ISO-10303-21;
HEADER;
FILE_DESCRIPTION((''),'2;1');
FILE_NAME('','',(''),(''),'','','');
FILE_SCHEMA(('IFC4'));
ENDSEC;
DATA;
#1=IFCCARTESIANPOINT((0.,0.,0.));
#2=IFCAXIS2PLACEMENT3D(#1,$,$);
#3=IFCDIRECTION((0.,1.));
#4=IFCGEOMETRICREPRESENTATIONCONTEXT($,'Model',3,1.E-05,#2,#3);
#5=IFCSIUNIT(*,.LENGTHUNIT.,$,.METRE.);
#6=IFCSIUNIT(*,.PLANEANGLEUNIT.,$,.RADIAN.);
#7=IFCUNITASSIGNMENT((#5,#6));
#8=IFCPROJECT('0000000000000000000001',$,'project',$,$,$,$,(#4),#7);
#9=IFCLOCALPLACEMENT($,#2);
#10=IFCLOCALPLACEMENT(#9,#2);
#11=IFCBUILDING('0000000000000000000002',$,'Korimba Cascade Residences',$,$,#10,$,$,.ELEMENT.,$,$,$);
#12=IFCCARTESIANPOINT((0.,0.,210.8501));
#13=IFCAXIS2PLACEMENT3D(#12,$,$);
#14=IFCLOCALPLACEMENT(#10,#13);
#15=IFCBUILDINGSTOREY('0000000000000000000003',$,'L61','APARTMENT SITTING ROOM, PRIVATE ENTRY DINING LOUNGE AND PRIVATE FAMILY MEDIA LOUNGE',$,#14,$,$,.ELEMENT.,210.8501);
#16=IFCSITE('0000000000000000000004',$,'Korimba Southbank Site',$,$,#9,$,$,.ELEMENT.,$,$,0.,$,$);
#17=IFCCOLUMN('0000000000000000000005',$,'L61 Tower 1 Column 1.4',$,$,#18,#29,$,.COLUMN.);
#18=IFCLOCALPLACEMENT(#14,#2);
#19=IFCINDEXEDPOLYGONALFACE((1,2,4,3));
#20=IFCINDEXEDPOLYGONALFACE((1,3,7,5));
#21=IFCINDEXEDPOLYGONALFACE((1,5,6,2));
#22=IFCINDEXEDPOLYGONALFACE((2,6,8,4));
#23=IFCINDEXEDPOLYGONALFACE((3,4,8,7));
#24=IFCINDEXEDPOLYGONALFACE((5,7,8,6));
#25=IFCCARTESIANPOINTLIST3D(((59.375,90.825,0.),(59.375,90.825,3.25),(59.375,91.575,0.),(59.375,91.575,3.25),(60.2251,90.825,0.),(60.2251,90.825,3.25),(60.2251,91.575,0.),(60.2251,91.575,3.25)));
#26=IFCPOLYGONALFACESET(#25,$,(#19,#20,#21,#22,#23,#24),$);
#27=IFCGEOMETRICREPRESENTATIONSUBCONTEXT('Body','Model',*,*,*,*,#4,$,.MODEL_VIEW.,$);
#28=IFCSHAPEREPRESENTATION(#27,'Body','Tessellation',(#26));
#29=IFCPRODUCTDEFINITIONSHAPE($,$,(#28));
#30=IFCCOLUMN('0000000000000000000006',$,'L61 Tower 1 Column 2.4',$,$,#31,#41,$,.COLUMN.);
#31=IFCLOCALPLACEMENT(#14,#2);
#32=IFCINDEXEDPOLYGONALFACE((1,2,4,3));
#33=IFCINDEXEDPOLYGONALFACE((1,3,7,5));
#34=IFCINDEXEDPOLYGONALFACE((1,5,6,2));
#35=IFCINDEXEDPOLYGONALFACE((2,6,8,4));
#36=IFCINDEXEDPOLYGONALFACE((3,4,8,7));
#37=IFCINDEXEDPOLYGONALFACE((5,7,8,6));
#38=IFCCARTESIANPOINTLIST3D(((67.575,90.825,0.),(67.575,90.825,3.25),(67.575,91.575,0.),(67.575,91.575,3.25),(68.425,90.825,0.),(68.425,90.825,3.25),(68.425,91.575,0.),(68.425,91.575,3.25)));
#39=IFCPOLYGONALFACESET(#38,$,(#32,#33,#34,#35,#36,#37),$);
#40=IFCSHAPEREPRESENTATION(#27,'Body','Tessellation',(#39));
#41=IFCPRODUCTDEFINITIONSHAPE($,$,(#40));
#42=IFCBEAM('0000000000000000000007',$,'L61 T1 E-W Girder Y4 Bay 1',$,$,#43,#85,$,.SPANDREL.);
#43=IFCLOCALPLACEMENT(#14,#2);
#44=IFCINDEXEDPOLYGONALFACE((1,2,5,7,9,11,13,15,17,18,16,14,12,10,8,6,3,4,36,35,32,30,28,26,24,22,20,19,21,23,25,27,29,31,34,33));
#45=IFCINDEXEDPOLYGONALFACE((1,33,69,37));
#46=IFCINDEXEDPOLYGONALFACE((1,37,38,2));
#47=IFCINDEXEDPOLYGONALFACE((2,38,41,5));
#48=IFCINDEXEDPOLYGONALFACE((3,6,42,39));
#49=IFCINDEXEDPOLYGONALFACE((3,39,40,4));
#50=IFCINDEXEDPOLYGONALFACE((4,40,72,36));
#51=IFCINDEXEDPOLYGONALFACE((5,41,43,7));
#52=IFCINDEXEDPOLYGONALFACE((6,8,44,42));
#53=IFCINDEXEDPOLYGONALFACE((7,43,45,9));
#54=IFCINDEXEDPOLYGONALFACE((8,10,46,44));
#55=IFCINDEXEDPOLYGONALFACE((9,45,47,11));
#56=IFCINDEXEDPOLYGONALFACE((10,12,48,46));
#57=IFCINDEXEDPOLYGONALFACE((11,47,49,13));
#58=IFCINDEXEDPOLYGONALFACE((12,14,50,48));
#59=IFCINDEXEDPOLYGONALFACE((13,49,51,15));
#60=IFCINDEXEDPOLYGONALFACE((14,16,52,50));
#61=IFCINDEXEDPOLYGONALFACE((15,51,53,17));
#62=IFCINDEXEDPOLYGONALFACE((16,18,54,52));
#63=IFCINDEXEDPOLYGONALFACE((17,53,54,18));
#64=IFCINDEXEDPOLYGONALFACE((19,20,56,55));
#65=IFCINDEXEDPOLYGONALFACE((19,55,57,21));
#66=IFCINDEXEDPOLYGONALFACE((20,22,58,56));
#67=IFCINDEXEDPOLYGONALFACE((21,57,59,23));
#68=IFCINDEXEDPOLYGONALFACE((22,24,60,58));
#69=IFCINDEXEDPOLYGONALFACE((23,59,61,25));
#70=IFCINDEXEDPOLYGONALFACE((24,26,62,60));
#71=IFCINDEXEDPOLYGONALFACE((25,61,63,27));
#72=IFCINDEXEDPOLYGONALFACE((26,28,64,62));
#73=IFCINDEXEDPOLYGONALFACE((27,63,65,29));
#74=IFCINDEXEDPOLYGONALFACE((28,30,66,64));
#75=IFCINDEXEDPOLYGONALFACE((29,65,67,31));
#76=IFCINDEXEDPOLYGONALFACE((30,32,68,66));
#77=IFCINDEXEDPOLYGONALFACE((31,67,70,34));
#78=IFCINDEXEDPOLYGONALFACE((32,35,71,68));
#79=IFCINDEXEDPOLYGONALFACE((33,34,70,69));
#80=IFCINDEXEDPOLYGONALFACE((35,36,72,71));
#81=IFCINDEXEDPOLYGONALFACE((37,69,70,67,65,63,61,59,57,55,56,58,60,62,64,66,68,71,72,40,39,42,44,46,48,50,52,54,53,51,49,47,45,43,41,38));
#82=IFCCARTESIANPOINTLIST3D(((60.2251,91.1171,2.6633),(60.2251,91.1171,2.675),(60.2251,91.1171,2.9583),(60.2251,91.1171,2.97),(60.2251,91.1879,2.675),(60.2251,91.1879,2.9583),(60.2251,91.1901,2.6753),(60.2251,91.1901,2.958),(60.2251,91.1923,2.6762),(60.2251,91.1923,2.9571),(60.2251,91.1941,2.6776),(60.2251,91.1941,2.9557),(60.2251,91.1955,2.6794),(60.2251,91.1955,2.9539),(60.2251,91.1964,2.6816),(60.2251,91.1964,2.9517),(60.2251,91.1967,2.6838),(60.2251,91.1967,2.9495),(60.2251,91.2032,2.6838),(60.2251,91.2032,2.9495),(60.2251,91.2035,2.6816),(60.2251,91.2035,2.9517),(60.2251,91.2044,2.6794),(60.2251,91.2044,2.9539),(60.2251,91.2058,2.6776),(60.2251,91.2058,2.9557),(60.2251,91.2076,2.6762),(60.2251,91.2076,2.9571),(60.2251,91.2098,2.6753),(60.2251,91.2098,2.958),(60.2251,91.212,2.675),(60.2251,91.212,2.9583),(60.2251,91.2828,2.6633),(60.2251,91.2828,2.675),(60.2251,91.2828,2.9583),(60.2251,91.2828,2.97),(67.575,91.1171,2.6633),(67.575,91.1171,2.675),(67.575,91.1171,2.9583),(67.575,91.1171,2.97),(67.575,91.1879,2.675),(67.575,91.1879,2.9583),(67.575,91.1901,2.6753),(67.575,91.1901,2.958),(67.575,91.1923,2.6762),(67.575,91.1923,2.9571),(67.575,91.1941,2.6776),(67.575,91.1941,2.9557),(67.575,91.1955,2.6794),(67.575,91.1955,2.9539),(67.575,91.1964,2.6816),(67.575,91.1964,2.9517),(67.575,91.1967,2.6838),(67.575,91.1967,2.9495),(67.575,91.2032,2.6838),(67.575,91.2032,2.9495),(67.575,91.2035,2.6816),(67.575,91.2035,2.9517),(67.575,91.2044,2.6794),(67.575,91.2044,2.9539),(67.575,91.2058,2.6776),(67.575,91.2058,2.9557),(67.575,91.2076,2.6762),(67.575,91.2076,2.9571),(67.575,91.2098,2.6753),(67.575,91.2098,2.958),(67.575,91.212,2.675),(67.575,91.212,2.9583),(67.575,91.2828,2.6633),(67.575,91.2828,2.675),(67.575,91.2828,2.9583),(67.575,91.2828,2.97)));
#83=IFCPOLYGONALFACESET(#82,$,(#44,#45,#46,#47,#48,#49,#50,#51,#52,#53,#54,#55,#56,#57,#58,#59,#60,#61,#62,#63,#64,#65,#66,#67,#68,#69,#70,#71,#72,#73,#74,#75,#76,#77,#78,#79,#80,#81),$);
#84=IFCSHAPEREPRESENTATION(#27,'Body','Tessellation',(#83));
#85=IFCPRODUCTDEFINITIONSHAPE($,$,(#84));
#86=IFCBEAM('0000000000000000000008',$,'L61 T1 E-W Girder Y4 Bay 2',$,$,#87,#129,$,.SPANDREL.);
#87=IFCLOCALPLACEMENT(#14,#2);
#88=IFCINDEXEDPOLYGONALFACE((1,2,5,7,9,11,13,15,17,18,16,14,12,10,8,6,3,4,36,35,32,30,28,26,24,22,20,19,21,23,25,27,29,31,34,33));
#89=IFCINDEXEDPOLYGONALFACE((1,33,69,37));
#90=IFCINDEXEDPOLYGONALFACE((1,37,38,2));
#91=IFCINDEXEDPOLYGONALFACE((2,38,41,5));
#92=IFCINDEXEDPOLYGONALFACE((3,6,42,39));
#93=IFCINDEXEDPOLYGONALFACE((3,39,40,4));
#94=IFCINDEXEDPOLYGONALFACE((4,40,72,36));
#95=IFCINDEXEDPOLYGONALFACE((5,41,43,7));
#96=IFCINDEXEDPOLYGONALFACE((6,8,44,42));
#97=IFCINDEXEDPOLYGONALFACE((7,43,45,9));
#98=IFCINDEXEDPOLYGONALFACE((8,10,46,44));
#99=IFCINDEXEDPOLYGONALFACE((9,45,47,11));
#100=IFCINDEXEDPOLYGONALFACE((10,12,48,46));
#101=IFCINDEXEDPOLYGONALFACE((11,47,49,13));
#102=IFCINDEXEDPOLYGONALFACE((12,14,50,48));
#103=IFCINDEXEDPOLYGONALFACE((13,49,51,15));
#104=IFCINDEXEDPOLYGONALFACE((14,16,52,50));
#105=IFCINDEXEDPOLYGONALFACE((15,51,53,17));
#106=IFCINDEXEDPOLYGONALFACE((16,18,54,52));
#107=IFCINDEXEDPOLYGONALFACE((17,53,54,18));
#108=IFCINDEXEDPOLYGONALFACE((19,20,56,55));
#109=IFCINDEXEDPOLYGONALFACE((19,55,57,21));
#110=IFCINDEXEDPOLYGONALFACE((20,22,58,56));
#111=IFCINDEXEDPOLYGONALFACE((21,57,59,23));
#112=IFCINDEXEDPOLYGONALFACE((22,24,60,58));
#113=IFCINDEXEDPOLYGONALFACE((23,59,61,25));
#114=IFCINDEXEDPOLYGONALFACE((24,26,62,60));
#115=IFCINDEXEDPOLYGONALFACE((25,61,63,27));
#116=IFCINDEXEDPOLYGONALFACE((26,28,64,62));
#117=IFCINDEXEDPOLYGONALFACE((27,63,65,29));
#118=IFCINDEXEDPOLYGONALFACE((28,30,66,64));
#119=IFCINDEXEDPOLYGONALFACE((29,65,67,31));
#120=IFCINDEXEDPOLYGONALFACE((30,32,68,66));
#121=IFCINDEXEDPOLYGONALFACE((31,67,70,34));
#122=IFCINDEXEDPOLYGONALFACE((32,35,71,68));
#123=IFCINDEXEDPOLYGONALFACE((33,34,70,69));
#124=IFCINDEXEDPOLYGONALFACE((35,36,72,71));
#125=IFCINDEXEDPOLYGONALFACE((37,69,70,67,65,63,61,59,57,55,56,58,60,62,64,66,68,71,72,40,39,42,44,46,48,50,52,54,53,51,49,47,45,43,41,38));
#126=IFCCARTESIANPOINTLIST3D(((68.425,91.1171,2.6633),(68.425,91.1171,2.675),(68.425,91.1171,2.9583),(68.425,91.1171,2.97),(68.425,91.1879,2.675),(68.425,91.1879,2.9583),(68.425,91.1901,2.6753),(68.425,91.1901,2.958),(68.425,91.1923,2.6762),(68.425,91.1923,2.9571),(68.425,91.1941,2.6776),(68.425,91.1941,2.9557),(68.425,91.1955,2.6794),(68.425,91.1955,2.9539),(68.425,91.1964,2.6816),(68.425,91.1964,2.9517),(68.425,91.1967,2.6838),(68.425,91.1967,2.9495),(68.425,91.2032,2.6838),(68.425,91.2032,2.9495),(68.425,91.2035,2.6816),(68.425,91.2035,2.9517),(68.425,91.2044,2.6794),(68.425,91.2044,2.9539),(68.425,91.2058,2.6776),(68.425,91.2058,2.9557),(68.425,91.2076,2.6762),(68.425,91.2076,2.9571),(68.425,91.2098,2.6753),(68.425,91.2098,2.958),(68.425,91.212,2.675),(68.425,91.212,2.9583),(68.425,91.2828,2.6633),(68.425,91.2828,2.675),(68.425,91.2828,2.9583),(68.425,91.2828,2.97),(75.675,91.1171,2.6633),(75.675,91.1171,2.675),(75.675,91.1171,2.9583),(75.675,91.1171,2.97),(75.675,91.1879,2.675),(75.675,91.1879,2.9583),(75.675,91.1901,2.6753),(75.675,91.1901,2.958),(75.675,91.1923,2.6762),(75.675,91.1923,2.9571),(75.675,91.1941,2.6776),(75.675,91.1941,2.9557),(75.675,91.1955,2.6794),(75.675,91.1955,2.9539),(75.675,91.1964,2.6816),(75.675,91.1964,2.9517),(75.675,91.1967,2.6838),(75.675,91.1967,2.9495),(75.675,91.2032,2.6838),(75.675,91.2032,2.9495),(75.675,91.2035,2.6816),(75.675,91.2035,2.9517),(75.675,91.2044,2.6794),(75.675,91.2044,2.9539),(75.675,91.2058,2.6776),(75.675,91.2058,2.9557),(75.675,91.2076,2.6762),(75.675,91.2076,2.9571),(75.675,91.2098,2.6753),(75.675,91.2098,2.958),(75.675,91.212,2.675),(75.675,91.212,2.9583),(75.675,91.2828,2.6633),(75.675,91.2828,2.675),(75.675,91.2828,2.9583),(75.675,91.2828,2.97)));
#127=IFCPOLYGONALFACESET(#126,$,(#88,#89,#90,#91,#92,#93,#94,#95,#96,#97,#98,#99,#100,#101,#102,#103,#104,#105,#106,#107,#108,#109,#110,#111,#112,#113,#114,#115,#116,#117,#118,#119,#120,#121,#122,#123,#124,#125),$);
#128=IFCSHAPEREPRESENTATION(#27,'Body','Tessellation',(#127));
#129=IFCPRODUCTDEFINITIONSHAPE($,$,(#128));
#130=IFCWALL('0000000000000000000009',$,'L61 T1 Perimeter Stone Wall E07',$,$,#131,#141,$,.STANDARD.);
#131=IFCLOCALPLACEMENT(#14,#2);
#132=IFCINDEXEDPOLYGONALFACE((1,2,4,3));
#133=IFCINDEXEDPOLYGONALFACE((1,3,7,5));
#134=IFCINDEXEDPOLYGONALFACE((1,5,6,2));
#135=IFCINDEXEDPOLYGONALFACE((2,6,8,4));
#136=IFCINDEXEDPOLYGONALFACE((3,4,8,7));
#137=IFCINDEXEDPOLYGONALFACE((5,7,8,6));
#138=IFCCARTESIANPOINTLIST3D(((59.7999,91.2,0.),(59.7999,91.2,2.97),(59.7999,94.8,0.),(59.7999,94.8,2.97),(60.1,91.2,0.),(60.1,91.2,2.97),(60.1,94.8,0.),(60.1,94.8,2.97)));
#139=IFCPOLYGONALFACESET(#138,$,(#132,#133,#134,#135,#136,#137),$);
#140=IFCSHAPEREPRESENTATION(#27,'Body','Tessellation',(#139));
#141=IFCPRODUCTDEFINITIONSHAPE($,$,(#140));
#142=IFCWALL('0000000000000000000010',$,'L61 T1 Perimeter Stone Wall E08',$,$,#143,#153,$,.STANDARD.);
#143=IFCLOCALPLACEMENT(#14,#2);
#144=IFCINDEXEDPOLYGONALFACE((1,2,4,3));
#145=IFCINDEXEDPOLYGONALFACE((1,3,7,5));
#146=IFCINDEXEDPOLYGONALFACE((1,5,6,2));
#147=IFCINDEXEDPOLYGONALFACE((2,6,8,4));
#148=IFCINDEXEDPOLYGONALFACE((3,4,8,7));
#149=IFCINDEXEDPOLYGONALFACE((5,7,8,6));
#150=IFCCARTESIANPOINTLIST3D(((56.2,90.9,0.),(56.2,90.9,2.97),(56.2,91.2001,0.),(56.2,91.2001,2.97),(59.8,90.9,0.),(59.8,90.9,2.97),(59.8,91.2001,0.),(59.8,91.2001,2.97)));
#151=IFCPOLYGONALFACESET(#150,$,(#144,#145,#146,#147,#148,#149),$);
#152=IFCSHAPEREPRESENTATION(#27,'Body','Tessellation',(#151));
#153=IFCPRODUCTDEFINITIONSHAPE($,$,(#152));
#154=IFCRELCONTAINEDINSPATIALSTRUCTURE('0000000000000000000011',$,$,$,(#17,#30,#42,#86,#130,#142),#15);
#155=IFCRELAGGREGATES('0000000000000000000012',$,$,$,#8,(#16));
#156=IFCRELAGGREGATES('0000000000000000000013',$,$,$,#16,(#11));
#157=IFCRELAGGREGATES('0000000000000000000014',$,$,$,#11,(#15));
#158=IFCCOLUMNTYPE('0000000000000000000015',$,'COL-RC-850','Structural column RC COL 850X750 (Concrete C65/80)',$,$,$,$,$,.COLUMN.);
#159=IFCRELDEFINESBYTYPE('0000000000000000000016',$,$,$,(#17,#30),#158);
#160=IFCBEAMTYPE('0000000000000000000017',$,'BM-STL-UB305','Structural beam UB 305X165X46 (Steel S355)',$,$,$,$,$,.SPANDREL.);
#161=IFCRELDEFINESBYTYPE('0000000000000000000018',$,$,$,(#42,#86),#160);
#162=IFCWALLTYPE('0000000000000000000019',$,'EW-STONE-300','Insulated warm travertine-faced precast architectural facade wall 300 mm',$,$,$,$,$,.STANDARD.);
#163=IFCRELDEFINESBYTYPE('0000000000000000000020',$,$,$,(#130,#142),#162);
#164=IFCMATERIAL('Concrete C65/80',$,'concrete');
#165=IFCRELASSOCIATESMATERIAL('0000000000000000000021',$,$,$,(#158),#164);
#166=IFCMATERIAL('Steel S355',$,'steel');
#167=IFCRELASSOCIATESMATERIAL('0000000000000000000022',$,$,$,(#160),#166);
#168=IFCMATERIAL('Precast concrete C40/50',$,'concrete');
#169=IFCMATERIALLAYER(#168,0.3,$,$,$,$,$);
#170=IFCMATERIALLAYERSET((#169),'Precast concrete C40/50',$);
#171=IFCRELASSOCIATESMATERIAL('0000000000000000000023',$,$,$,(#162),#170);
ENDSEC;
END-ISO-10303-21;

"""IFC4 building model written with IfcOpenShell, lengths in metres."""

from ifc_helpers import new_model, si_unit, direction, frame, frame_2d, origin, origin_2d, place, context, subcontext, project, spatial, rectangle, i_section, extrude, material, layer, layer_set, material_profile, profile_set, type_object, element, save


model = new_model("IFC4")

# Units and contexts
model_context = context("Model", 3, precision=1e-05, world=origin(), true_north=direction((0.0, 1.0)))
body_context = subcontext(model_context, "Body", "Model", "MODEL_VIEW")
ifc_project = project(units=[si_unit("LENGTHUNIT", "METRE"), si_unit("PLANEANGLEUNIT", "RADIAN")], contexts=[model_context])

# Site, building, storey
site_placement = place(None, origin())
site = spatial("IfcSite", under=ifc_project, at=site_placement, Name="Korimba Southbank Site", CompositionType="ELEMENT", RefElevation=0.0)
building_placement = place(site_placement, origin())
building = spatial("IfcBuilding", under=site, at=building_placement, Name="Korimba Cascade Residences", CompositionType="ELEMENT")
storey_placement = place(building_placement, frame((0.0, 0.0, 210.8501)))
storey = spatial("IfcBuildingStorey", under=building, at=storey_placement, Name="L61", Description="APARTMENT SITTING ROOM, PRIVATE ENTRY DINING LOUNGE AND PRIVATE FAMILY MEDIA LOUNGE", CompositionType="ELEMENT", Elevation=210.8501)

# Columns
ifc_material_1 = material(Name="Concrete C65/80", Category="concrete")
ifc_material_profile_1 = material_profile(ifc_material_1, rectangle(XDim=0.8501, YDim=0.75, at=origin_2d()), Name="Concrete C65/80")
ifc_profile_set_1 = profile_set([ifc_material_profile_1], Name="Concrete C65/80")
column_type = type_object("IfcColumnType", Name="COL-RC-850", Description="Structural column RC COL 850X750 (Concrete C65/80)", PredefinedType="COLUMN", material=ifc_profile_set_1)
for number, where, z_axis, x_axis, name in (
    (1, (59.8, 91.2, 0.0), (0.0, 0.0, 1.0), (1.0, 0.0, 0.0), "L61 Tower 1 Column 1.4"),
    (2, (68.0, 91.2, 0.0), (0.0, 0.0, 1.0), (1.0, 0.0, 0.0), "L61 Tower 1 Column 2.4"),
):
    element("IfcColumn", number, at=place(storey_placement, frame(where, z_axis=z_axis, x_axis=x_axis)), inside=storey, type_object=column_type, Name=name, PredefinedType="COLUMN", context=body_context, shape_type="SweptSolid", body=[
        extrude(rectangle(XDim=0.8501, YDim=0.75, at=origin_2d()), origin(), (0.0, 0.0, 1.0), 3.25),
    ])

# Beams
ifc_material_2 = material(Name="Steel S355", Category="steel")
ifc_material_profile_2 = material_profile(ifc_material_2, i_section(OverallWidth=0.1658, OverallDepth=0.3066, WebThickness=0.0066, FlangeThickness=0.0117, FilletRadius=0.0088, at=origin_2d()), Name="Steel S355")
ifc_profile_set_2 = profile_set([ifc_material_profile_2], Name="Steel S355")
beam_type = type_object("IfcBeamType", Name="BM-STL-UB305", Description="Structural beam UB 305X165X46 (Steel S355)", PredefinedType="SPANDREL", material=ifc_profile_set_2)
beam_1_placement = place(storey_placement, frame((60.2251, 91.2, 2.8167), z_axis=(1.0, 0.0, 0.0), x_axis=(0.0, 1.0, 0.0)))
element("IfcBeam", 3, at=beam_1_placement, inside=storey, type_object=beam_type, Name="L61 T1 E-W Girder Y4 Bay 1", PredefinedType="SPANDREL", context=body_context, shape_type="SweptSolid", body=[
    extrude(i_section(OverallWidth=0.1658, OverallDepth=0.3066, WebThickness=0.0066, FlangeThickness=0.0117, FilletRadius=0.0088, at=origin_2d()), origin(), (0.0, 0.0, 1.0), 7.3499),
])
beam_2_placement = place(storey_placement, frame((68.425, 91.2, 2.8167), z_axis=(1.0, 0.0, 0.0), x_axis=(0.0, 1.0, 0.0)))
element("IfcBeam", 4, at=beam_2_placement, inside=storey, type_object=beam_type, Name="L61 T1 E-W Girder Y4 Bay 2", PredefinedType="SPANDREL", context=body_context, shape_type="SweptSolid", body=[
    extrude(i_section(OverallWidth=0.1658, OverallDepth=0.3066, WebThickness=0.0066, FlangeThickness=0.0117, FilletRadius=0.0088, at=origin_2d()), origin(), (0.0, 0.0, 1.0), 7.25),
])

# Walls
ifc_material_3 = material(Name="Precast concrete C40/50", Category="concrete")
ifc_layer_1 = layer(ifc_material_3, 0.3)
ifc_layer_set_1 = layer_set([ifc_layer_1], Name="Precast concrete C40/50")
wall_type_1 = type_object("IfcWallType", Name="EW-STONE-300", Description="Insulated warm travertine-faced precast architectural facade wall 300 mm", PredefinedType="STANDARD", material=ifc_layer_set_1)
for number, where, z_axis, x_axis, name in (
    (5, (59.95, 94.8, 0.0), (0.0, 0.0, 1.0), (0.0, -1.0, 0.0), "L61 T1 Perimeter Stone Wall E07"),
    (6, (59.8, 91.05, 0.0), (0.0, 0.0, 1.0), (-1.0, 0.0, 0.0), "L61 T1 Perimeter Stone Wall E08"),
):
    element("IfcWall", number, at=place(storey_placement, frame(where, z_axis=z_axis, x_axis=x_axis)), inside=storey, type_object=wall_type_1, Name=name, PredefinedType="STANDARD", context=body_context, shape_type="SweptSolid", body=[
        extrude(rectangle(XDim=3.6001, YDim=0.3, at=frame_2d((1.8, 0.0))), origin(), (0.0, 0.0, 1.0), 2.97),
    ])

save(model, "model.ifc")
